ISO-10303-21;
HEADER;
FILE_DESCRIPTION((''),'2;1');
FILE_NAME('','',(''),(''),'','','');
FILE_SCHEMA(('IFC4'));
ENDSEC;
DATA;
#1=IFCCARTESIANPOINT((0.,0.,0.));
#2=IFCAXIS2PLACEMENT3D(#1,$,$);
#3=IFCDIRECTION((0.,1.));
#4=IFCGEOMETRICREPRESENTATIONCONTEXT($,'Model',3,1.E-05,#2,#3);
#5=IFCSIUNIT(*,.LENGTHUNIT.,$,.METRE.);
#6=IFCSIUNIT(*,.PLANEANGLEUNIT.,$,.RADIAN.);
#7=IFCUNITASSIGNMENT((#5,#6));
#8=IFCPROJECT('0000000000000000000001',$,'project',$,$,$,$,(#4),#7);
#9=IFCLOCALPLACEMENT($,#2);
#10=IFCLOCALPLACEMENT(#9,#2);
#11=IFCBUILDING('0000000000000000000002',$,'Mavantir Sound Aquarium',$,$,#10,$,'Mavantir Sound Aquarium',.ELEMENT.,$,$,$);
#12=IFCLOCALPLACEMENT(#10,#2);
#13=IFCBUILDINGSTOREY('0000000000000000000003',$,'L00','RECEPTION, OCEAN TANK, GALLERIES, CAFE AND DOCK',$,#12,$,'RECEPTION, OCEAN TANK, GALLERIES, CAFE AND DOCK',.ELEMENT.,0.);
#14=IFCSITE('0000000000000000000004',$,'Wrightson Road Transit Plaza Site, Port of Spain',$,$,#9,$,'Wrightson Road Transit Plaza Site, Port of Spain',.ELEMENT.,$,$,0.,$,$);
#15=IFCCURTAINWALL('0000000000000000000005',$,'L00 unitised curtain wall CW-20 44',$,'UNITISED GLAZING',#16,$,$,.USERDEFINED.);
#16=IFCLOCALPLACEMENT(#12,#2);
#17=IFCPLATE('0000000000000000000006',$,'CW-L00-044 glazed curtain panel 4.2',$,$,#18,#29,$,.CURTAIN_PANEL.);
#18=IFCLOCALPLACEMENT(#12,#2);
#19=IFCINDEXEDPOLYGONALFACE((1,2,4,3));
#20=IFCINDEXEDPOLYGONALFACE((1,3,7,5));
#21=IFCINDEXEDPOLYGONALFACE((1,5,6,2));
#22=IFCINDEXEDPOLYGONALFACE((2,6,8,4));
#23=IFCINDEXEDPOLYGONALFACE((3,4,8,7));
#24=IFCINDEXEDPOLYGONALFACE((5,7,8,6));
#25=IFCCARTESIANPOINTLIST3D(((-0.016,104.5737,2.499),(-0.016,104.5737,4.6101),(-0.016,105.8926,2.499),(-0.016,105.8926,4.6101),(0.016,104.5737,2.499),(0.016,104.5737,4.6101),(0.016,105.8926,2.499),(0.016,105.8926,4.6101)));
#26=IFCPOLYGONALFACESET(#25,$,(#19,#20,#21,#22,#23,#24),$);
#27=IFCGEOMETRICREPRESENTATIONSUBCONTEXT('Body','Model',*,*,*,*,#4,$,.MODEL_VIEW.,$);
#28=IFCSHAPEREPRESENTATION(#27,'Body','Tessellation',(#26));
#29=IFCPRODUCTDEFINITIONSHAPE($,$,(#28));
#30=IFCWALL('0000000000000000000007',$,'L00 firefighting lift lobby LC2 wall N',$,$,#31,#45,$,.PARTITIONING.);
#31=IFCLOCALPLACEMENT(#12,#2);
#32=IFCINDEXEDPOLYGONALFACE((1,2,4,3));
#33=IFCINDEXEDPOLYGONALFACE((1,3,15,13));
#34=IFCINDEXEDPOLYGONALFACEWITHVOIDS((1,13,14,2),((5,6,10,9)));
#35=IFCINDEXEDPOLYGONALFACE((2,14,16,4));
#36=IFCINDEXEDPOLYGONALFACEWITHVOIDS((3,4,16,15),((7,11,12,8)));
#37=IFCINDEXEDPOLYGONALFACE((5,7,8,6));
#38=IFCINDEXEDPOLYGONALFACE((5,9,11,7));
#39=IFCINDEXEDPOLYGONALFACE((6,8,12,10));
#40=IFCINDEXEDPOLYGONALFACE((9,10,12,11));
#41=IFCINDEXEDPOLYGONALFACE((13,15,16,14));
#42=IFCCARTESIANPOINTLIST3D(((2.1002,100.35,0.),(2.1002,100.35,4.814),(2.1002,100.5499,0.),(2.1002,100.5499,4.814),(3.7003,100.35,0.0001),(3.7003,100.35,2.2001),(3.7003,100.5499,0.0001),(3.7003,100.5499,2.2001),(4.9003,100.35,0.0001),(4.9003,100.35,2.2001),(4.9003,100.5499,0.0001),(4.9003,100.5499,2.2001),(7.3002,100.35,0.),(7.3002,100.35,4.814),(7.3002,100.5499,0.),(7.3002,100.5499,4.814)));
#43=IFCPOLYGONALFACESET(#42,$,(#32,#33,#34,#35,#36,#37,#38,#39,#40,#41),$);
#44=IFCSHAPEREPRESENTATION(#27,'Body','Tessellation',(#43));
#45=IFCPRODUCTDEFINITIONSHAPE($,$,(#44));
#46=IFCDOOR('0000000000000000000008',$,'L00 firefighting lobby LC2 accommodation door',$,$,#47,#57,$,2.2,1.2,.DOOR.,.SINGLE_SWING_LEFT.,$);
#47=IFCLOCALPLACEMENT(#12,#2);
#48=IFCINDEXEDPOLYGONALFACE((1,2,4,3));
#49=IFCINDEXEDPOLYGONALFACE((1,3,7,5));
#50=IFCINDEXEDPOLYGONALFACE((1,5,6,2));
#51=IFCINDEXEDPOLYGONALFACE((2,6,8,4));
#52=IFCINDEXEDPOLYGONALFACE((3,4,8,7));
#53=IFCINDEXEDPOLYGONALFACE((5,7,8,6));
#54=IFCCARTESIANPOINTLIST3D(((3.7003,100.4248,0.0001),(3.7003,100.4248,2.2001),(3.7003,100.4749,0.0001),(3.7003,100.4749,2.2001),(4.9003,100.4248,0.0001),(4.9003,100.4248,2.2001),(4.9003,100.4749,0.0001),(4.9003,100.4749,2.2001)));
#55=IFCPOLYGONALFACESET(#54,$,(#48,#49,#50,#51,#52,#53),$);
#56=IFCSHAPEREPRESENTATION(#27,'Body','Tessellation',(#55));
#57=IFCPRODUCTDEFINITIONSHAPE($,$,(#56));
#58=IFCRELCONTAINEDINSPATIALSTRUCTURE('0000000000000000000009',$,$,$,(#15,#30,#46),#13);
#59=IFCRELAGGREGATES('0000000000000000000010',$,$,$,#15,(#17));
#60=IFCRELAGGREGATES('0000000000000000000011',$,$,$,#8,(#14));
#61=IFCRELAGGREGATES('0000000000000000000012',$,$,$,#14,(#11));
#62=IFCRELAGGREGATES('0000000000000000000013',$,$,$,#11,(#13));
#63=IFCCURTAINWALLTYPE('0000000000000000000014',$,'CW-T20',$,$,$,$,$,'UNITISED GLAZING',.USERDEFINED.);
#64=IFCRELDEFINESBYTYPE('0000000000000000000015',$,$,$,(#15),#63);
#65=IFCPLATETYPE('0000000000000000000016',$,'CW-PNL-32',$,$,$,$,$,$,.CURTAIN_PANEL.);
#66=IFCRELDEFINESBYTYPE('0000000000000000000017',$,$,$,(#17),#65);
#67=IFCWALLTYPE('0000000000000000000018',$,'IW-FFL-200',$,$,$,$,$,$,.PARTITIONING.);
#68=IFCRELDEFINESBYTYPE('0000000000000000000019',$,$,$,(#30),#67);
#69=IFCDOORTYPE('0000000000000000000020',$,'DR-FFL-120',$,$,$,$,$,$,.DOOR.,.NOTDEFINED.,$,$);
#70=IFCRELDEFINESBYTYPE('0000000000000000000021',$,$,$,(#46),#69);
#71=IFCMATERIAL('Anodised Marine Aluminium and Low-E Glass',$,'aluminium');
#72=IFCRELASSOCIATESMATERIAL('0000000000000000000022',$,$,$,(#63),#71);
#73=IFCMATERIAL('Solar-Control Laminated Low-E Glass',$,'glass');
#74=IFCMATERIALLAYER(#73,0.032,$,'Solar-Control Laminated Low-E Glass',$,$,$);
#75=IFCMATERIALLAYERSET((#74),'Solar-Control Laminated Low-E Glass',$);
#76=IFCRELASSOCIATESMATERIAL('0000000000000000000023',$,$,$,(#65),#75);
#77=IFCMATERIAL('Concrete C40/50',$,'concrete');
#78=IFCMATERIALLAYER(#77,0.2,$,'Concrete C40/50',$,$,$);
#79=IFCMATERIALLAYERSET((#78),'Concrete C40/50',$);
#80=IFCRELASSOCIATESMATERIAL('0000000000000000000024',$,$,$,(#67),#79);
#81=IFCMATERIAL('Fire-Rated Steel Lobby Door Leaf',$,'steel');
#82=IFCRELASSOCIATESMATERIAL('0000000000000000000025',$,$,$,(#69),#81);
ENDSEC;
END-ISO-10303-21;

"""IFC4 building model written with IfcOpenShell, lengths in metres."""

from ifc_helpers import new_model, si_unit, direction, frame, frame_2d, origin, origin_2d, place, context, subcontext, project, spatial, rectangle, extrude, material, layer, layer_set, type_object, element, fill, aggregate, save


model = new_model("IFC4")

# Units and contexts
model_context = context("Model", 3, precision=1e-05, world=origin(), true_north=direction((0.0, 1.0)))
body_context = subcontext(model_context, "Body", "Model", "MODEL_VIEW")
ifc_project = project(units=[si_unit("LENGTHUNIT", "METRE"), si_unit("PLANEANGLEUNIT", "RADIAN")], contexts=[model_context])

# Site, building, storey
site_placement = place(None, origin())
site = spatial("IfcSite", under=ifc_project, at=site_placement, Name="Wrightson Road Transit Plaza Site, Port of Spain", LongName="Wrightson Road Transit Plaza Site, Port of Spain", CompositionType="ELEMENT", RefElevation=0.0)
building_placement = place(site_placement, origin())
building = spatial("IfcBuilding", under=site, at=building_placement, Name="Mavantir Sound Aquarium", LongName="Mavantir Sound Aquarium", CompositionType="ELEMENT")
storey_placement = place(building_placement, origin())
storey = spatial("IfcBuildingStorey", under=building, at=storey_placement, Name="L00", Description="RECEPTION, OCEAN TANK, GALLERIES, CAFE AND DOCK", LongName="RECEPTION, OCEAN TANK, GALLERIES, CAFE AND DOCK", CompositionType="ELEMENT", Elevation=0.0)

# Shared definitions
ifc_material_1 = material(Name="Concrete C40/50", Category="concrete")

# Curtain wall, plate
ifc_material_2 = material(Name="Anodised Marine Aluminium and Low-E Glass", Category="aluminium")
curtain_wall_type = type_object("IfcCurtainWallType", Name="CW-T20", ElementType="UNITISED GLAZING", PredefinedType="USERDEFINED", material=ifc_material_2)
curtain_wall_placement = place(storey_placement, origin())
curtain_wall = element("IfcCurtainWall", 1, at=curtain_wall_placement, inside=storey, type_object=curtain_wall_type, Name="L00 unitised curtain wall CW-20 44", ObjectType="UNITISED GLAZING", PredefinedType="USERDEFINED")
ifc_material_3 = material(Name="Solar-Control Laminated Low-E Glass", Category="glass")
ifc_layer_1 = layer(ifc_material_3, 0.032, Name="Solar-Control Laminated Low-E Glass")
ifc_layer_set_1 = layer_set([ifc_layer_1], Name="Solar-Control Laminated Low-E Glass")
plate_type = type_object("IfcPlateType", Name="CW-PNL-32", PredefinedType="CURTAIN_PANEL", material=ifc_layer_set_1)
plate_1_placement = place(storey_placement, frame((0.0, 105.2332, 2.499), z_axis=(0.0, 0.0, 1.0), x_axis=(0.0, -1.0, 0.0)))
plate_1 = element("IfcPlate", 2, at=plate_1_placement, type_object=plate_type, Name="CW-L00-044 glazed curtain panel 4.2", PredefinedType="CURTAIN_PANEL", context=body_context, shape_type="SweptSolid", body=[
    extrude(rectangle(XDim=1.3188, YDim=0.032, at=origin_2d()), origin(), (0.0, 0.0, 1.0), 2.1111),
])
aggregate(curtain_wall, [plate_1])

# Wall, opening, door
ifc_layer_2 = layer(ifc_material_1, 0.2, Name="Concrete C40/50")
ifc_layer_set_2 = layer_set([ifc_layer_2], Name="Concrete C40/50")
wall_type = type_object("IfcWallType", Name="IW-FFL-200", PredefinedType="PARTITIONING", material=ifc_layer_set_2)
wall_placement = place(storey_placement, frame((2.1001, 100.45, 0.0), z_axis=(0.0, 0.0, 1.0), x_axis=(1.0, 0.0, 0.0)))
wall = element("IfcWall", 3, at=wall_placement, inside=storey, type_object=wall_type, Name="L00 firefighting lift lobby LC2 wall N", PredefinedType="PARTITIONING", context=body_context, shape_type="SweptSolid", body=[
    extrude(rectangle(XDim=5.2, YDim=0.2, at=frame_2d((2.6001, 0.0))), origin(), (0.0, 0.0, 1.0), 4.814),
])
opening_placement = place(wall_placement, frame((1.6001, 0.0, 0.0)))
opening = element("IfcOpeningElement", 4, at=opening_placement, cuts=wall, PredefinedType="OPENING", context=body_context, shape_type="SweptSolid", body=[
    extrude(rectangle(XDim=1.2, YDim=2.2, at=frame_2d((0.6001, 1.1001))), frame((0.0, 0.1099, 0.0), z_axis=(0.0, -1.0, 0.0), x_axis=(1.0, 0.0, 0.0)), (0.0, 0.0, 1.0), 0.22),
])
ifc_material_4 = material(Name="Fire-Rated Steel Lobby Door Leaf", Category="steel")
door_type = type_object("IfcDoorType", Name="DR-FFL-120", OperationType="NOTDEFINED", PredefinedType="DOOR", material=ifc_material_4)
door_placement = place(opening_placement, origin())
door = element("IfcDoor", 5, at=door_placement, inside=storey, type_object=door_type, Name="L00 firefighting lobby LC2 accommodation door", OperationType="SINGLE_SWING_LEFT", OverallHeight=2.2, OverallWidth=1.2, PredefinedType="DOOR", context=body_context, shape_type="SweptSolid", body=[
    extrude(rectangle(XDim=1.2, YDim=2.2, at=frame_2d((0.6001, 1.1001))), frame((0.0, 0.0249, 0.0), z_axis=(0.0, -1.0, 0.0), x_axis=(1.0, 0.0, 0.0)), (0.0, 0.0, 1.0), 0.05),
])
fill(opening, door)

save(model, "model.ifc")
